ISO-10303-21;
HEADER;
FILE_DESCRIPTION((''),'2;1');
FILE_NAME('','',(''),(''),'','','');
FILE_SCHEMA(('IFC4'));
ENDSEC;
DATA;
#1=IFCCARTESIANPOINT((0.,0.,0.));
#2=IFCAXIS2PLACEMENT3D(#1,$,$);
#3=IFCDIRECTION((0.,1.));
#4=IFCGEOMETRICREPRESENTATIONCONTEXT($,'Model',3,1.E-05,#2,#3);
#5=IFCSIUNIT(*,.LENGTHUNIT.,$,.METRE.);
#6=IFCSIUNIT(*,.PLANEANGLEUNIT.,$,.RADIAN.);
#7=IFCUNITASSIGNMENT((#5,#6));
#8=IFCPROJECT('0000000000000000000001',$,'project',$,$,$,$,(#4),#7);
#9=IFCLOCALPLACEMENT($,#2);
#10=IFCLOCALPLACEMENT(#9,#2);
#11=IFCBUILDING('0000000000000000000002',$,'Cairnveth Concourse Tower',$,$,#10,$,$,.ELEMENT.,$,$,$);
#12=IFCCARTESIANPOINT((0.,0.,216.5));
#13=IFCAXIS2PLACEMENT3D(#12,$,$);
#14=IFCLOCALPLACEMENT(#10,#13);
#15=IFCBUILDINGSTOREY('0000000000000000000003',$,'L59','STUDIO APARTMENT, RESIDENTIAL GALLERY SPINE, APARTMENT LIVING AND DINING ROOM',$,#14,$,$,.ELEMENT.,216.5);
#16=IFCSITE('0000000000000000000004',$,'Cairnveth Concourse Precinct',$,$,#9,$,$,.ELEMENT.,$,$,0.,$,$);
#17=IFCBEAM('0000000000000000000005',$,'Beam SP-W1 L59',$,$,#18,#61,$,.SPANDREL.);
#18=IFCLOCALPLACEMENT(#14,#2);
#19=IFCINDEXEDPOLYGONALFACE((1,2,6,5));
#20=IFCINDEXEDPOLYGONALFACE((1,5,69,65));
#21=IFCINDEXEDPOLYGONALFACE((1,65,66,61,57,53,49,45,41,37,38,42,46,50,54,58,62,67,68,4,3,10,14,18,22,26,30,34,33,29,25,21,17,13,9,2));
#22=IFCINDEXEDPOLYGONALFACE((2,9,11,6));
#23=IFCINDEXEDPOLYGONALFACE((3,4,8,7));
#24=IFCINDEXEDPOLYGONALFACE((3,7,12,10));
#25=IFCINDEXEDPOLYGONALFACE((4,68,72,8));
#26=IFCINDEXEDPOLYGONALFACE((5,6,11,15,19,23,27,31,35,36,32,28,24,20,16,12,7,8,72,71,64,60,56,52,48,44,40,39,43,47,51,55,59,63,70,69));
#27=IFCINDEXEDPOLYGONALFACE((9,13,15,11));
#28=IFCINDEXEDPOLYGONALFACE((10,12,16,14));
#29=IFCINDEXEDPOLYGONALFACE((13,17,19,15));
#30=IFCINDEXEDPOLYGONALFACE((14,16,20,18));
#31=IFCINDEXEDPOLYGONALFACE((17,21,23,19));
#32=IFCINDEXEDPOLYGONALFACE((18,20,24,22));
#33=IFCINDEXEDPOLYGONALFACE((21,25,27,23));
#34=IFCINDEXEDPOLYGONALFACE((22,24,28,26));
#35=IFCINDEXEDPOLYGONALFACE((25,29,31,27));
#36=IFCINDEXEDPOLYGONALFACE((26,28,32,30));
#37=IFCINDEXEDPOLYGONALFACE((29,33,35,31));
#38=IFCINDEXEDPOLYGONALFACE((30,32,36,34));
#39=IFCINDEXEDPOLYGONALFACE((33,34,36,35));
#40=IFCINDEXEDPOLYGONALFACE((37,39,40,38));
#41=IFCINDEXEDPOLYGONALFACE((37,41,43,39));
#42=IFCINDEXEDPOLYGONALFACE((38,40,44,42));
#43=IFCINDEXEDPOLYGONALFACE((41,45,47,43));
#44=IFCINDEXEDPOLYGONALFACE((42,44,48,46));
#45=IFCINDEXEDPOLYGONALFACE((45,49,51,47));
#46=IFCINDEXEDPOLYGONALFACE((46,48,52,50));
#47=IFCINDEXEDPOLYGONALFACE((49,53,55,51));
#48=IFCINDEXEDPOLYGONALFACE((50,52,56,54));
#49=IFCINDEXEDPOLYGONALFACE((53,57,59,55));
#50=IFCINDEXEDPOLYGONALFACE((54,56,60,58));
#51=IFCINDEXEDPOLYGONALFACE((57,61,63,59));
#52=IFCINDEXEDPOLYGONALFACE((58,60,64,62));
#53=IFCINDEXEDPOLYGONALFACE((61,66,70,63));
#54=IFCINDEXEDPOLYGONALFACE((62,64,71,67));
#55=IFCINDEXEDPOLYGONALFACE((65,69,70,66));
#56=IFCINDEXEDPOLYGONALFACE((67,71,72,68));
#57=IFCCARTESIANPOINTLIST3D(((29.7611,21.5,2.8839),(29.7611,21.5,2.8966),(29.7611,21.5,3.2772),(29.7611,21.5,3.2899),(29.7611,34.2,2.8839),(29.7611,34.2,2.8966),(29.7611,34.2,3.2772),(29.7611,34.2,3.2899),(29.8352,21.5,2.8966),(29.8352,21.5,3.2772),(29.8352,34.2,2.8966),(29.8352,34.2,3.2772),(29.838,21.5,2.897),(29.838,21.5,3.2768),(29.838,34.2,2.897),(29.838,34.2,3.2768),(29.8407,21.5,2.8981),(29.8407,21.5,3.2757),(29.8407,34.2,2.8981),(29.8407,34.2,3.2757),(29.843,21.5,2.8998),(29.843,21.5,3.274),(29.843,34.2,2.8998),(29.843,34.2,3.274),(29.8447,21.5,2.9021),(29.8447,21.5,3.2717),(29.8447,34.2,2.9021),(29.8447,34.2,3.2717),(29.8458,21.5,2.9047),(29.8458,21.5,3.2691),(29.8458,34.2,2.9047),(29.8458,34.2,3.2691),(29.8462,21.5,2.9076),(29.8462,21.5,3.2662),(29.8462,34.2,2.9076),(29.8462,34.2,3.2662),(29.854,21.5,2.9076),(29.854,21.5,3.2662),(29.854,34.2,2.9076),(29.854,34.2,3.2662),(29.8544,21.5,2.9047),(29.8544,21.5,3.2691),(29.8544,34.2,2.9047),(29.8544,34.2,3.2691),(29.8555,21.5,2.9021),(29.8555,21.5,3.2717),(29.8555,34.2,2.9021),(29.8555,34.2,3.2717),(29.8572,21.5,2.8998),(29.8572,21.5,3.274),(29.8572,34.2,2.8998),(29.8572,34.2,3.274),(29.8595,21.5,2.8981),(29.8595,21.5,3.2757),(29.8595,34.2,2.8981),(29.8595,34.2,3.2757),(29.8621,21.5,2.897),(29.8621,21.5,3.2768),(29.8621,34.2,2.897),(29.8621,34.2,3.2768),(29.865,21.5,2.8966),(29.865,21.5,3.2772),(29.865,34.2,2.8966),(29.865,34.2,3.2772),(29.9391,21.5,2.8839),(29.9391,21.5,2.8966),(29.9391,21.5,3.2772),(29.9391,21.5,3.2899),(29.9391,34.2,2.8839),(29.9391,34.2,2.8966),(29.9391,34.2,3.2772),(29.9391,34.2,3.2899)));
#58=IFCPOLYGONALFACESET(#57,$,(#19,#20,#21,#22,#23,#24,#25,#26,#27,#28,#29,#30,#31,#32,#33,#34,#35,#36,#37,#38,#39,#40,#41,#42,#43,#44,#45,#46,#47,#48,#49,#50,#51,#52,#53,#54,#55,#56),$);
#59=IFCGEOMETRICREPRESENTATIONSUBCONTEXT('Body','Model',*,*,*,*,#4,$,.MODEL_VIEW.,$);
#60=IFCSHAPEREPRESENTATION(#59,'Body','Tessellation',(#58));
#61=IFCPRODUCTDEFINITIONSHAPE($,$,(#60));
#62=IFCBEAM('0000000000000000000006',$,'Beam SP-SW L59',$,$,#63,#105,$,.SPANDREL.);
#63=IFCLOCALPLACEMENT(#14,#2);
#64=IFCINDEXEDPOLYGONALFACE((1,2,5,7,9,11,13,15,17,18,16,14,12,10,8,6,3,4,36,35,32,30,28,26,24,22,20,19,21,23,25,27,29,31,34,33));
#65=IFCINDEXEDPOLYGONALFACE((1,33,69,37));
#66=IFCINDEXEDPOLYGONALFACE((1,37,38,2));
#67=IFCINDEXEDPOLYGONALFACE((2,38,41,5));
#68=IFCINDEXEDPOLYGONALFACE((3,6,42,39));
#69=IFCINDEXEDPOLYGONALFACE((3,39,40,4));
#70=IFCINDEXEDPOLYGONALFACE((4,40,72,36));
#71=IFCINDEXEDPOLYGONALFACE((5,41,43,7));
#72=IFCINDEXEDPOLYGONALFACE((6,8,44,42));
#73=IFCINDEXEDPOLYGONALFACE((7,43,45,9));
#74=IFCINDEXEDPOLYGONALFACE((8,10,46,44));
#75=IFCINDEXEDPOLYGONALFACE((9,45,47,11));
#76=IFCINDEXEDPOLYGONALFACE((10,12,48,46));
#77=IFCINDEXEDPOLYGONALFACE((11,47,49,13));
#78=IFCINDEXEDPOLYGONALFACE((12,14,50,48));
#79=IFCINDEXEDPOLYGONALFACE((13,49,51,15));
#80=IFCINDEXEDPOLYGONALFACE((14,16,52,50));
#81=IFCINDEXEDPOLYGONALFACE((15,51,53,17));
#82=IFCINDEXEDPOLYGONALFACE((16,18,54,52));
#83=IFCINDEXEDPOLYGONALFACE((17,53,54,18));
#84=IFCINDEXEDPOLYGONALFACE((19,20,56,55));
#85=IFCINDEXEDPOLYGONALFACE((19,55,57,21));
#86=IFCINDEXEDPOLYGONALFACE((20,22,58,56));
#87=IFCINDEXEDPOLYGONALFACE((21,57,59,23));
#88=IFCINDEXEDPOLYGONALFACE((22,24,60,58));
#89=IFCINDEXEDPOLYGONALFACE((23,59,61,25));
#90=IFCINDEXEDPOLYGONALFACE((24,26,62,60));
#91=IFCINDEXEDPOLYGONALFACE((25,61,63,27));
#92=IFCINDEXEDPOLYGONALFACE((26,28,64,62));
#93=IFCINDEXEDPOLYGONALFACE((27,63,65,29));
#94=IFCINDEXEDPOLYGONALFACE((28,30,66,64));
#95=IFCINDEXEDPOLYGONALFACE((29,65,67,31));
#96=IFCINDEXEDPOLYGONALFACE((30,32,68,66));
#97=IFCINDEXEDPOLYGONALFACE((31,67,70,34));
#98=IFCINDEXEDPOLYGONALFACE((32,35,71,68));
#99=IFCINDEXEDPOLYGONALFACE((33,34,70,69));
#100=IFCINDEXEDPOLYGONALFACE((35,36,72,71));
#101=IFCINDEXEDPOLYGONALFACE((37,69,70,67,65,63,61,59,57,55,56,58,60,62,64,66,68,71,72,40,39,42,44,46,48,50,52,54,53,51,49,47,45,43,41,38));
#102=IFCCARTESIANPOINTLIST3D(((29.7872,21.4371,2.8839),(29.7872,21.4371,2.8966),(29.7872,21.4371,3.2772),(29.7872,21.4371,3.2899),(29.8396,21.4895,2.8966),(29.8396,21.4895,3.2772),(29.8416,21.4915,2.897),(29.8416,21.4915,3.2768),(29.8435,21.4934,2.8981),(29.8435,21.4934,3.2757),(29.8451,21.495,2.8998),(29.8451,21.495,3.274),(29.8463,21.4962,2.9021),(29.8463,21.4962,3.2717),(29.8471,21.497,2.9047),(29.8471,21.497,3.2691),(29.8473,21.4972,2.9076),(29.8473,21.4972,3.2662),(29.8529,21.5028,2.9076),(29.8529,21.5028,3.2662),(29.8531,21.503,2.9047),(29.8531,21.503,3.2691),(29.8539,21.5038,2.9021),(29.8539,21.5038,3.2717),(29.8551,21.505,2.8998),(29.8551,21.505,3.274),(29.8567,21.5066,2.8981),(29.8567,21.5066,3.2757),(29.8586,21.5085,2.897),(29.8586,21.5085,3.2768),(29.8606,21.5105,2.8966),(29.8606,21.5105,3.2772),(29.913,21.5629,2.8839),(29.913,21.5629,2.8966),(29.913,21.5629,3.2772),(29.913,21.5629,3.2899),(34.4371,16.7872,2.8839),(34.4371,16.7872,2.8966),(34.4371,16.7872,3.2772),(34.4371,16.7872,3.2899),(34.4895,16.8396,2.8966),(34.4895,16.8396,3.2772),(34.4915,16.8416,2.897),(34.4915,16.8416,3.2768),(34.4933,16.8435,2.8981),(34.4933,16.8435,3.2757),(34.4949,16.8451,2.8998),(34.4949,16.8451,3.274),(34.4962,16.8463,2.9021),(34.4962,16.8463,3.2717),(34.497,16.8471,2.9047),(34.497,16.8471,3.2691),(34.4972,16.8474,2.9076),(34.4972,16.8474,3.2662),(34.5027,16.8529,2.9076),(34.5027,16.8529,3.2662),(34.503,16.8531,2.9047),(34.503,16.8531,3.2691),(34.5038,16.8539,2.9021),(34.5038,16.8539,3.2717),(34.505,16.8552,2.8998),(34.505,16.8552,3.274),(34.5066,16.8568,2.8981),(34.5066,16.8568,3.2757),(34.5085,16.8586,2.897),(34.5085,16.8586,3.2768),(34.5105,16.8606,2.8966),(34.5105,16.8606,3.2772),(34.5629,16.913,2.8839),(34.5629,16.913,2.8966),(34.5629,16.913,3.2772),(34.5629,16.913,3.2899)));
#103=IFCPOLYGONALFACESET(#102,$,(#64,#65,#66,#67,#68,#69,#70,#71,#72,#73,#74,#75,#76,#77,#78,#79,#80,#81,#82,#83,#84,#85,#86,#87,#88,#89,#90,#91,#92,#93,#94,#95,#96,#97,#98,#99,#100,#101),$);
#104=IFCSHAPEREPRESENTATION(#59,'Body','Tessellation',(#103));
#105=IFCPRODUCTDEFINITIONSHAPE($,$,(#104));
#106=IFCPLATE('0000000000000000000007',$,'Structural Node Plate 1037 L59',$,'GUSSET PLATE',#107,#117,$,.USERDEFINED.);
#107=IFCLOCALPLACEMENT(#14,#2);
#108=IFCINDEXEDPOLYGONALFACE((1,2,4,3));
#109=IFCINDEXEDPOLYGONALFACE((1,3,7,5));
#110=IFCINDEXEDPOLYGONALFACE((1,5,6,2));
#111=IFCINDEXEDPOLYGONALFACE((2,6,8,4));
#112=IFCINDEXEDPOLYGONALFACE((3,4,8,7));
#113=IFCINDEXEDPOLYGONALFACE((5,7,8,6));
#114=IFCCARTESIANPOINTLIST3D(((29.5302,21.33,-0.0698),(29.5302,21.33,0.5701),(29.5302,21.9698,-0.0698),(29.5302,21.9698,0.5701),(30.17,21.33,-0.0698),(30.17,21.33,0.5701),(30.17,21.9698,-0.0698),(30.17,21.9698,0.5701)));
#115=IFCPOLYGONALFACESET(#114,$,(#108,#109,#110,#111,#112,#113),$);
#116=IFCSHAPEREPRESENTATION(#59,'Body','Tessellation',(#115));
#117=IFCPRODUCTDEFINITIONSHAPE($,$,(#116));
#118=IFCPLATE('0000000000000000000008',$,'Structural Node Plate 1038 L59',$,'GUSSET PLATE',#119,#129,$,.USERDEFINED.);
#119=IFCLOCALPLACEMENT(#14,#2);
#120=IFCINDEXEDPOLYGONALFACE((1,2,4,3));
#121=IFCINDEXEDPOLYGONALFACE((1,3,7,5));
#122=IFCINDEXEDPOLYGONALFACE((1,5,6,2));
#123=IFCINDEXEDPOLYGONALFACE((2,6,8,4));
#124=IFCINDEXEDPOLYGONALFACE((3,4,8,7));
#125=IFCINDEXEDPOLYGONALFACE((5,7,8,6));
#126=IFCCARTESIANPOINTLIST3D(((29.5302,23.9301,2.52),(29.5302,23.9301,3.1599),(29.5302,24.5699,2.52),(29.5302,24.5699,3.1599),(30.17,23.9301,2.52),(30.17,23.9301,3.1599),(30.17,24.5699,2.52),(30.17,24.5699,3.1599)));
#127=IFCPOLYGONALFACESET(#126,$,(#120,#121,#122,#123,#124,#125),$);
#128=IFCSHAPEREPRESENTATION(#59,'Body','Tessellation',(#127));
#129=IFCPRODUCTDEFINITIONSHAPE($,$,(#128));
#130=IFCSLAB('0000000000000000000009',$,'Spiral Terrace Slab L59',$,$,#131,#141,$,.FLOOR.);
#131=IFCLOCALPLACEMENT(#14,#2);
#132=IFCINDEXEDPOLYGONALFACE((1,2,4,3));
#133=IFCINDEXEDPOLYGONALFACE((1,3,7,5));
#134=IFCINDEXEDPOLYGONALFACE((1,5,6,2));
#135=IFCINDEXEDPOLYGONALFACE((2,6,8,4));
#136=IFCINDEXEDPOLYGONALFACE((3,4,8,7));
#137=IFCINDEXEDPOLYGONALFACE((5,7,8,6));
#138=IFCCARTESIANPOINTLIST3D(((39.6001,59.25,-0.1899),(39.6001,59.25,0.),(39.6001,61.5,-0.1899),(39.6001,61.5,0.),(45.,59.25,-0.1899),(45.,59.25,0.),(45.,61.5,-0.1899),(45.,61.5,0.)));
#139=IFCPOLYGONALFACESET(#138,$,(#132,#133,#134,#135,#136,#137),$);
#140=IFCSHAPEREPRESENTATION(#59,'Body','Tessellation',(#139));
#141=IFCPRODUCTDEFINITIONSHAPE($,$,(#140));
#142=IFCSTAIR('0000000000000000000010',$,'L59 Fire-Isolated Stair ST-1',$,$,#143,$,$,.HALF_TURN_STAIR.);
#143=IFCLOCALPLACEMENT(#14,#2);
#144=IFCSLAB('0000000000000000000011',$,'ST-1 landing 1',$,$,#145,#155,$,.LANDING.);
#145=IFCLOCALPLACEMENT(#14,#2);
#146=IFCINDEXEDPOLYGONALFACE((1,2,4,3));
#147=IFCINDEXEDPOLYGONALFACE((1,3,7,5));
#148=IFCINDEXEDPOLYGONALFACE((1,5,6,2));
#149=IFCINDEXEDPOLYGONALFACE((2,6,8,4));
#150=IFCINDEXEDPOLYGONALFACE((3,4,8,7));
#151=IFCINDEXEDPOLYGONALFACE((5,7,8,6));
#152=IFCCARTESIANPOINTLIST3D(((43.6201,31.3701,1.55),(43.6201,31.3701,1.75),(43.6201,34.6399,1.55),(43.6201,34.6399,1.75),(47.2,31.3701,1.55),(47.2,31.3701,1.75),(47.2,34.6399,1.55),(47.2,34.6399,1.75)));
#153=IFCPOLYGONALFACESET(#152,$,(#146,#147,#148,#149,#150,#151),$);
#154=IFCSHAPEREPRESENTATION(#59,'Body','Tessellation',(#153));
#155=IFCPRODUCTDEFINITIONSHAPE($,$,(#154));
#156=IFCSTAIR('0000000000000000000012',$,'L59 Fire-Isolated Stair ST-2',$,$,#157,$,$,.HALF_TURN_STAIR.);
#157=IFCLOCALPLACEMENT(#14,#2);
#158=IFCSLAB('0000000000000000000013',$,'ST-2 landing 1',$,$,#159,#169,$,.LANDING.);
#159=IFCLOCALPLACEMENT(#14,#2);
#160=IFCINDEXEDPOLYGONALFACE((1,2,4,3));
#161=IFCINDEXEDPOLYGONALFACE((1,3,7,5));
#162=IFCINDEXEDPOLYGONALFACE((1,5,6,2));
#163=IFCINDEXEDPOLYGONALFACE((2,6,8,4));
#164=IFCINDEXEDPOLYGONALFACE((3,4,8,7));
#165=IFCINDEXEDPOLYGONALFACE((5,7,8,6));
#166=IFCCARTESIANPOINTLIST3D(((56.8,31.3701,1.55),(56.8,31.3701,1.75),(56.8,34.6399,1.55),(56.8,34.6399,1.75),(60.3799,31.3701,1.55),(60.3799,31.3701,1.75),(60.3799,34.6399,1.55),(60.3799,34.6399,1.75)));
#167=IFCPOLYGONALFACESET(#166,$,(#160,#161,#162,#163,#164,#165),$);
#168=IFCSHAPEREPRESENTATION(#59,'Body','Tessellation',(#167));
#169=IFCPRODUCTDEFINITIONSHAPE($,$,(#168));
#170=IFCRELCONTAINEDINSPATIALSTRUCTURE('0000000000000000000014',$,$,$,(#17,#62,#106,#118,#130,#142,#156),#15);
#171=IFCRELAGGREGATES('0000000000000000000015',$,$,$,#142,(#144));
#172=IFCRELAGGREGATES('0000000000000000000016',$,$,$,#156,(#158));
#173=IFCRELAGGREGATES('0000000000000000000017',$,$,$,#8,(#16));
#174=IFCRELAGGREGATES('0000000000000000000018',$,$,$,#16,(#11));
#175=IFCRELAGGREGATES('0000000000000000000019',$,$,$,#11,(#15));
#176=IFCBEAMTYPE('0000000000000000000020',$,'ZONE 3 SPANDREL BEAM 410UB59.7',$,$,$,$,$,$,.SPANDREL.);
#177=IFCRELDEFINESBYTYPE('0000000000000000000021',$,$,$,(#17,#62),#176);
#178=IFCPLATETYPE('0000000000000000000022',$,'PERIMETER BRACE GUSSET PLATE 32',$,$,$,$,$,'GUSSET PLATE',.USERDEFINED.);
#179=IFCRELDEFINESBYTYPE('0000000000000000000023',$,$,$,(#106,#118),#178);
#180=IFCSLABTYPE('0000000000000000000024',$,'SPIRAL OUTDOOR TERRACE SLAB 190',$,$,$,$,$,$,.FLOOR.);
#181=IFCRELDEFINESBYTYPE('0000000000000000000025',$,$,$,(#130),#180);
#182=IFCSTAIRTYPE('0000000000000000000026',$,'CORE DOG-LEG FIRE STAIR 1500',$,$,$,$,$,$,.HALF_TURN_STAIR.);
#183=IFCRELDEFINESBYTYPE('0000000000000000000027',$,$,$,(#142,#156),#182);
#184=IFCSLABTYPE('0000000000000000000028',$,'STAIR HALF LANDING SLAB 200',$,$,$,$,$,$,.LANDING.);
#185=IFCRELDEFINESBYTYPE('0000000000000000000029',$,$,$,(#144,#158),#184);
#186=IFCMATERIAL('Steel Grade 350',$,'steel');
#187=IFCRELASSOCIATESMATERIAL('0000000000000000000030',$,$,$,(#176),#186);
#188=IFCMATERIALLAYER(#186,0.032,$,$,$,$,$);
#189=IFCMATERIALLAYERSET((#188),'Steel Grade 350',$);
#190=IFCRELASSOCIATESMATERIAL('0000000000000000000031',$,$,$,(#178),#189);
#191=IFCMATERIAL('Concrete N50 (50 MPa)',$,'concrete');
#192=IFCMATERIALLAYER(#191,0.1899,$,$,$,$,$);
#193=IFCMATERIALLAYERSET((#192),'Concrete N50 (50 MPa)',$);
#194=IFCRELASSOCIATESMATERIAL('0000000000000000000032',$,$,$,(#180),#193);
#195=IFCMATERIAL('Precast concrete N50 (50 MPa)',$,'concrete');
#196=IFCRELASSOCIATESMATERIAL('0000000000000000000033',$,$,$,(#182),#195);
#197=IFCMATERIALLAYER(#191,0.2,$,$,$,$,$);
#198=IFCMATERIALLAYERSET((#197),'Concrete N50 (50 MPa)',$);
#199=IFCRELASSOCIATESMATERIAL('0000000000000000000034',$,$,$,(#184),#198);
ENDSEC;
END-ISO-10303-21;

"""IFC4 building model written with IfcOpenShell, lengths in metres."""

from ifc_helpers import new_model, si_unit, direction, frame, origin, origin_2d, place, context, subcontext, project, spatial, polyline, rectangle, i_section, outline, extrude, material, layer, layer_set, material_profile, profile_set, type_object, element, aggregate, save


model = new_model("IFC4")

# Units and contexts
model_context = context("Model", 3, precision=1e-05, world=origin(), true_north=direction((0.0, 1.0)))
body_context = subcontext(model_context, "Body", "Model", "MODEL_VIEW")
ifc_project = project(units=[si_unit("LENGTHUNIT", "METRE"), si_unit("PLANEANGLEUNIT", "RADIAN")], contexts=[model_context])

# Site, building, storey
site_placement = place(None, origin())
site = spatial("IfcSite", under=ifc_project, at=site_placement, Name="Cairnveth Concourse Precinct", CompositionType="ELEMENT", RefElevation=0.0)
building_placement = place(site_placement, origin())
building = spatial("IfcBuilding", under=site, at=building_placement, Name="Cairnveth Concourse Tower", CompositionType="ELEMENT")
storey_placement = place(building_placement, frame((0.0, 0.0, 216.5)))
storey = spatial("IfcBuildingStorey", under=building, at=storey_placement, Name="L59", Description="STUDIO APARTMENT, RESIDENTIAL GALLERY SPINE, APARTMENT LIVING AND DINING ROOM", CompositionType="ELEMENT", Elevation=216.5)

# Shared definitions
ifc_material_1 = material(Name="Steel Grade 350", Category="steel")

# Beams
ifc_material_profile_1 = material_profile(ifc_material_1, i_section(OverallWidth=0.178, OverallDepth=0.406, WebThickness=0.0078, FlangeThickness=0.0127, FilletRadius=0.011, at=origin_2d()), Name="410UB59.7")
ifc_profile_set_1 = profile_set([ifc_material_profile_1], Name="Steel Grade 350")
beam_type_1 = type_object("IfcBeamType", Name="ZONE 3 SPANDREL BEAM 410UB59.7", PredefinedType="SPANDREL", material=ifc_profile_set_1)
beam_1_placement = place(storey_placement, frame((29.8501, 21.5, 3.0869), z_axis=(0.0, 1.0, 0.0), x_axis=(-1.0, 0.0, 0.0)))
element("IfcBeam", 1, at=beam_1_placement, inside=storey, type_object=beam_type_1, Name="Beam SP-W1 L59", PredefinedType="SPANDREL", context=body_context, shape_type="SweptSolid", body=[
    extrude(i_section(OverallWidth=0.178, OverallDepth=0.406, WebThickness=0.0078, FlangeThickness=0.0127, FilletRadius=0.011, at=origin_2d()), origin(), (0.0, 0.0, 1.0), 12.7),
])
beam_2_placement = place(storey_placement, frame((29.8501, 21.5, 3.0869), z_axis=(0.707107, -0.707107, 0.0), x_axis=(0.707107, 0.707107, 0.0)))
element("IfcBeam", 2, at=beam_2_placement, inside=storey, type_object=beam_type_1, Name="Beam SP-SW L59", PredefinedType="SPANDREL", context=body_context, shape_type="SweptSolid", body=[
    extrude(i_section(OverallWidth=0.178, OverallDepth=0.406, WebThickness=0.0078, FlangeThickness=0.0127, FilletRadius=0.011, at=origin_2d()), origin(), (0.0, 0.0, 1.0), 6.5759),
])

# Plates
ifc_layer_1 = layer(ifc_material_1, 0.032)
ifc_layer_set_1 = layer_set([ifc_layer_1], Name="Steel Grade 350")
plate_type = type_object("IfcPlateType", Name="PERIMETER BRACE GUSSET PLATE 32", ElementType="GUSSET PLATE", PredefinedType="USERDEFINED", material=ifc_layer_set_1)
for number, where, z_axis, x_axis, name in (
    (3, (29.8501, 21.6499, -0.0698), (0.0, 0.0, 1.0), (1.0, 0.0, 0.0), "Structural Node Plate 1037 L59"),
    (4, (29.8501, 24.25, 2.52), (0.0, 0.0, 1.0), (1.0, 0.0, 0.0), "Structural Node Plate 1038 L59"),
):
    element("IfcPlate", number, at=place(storey_placement, frame(where, z_axis=z_axis, x_axis=x_axis)), inside=storey, type_object=plate_type, Name=name, ObjectType="GUSSET PLATE", PredefinedType="USERDEFINED", context=body_context, shape_type="SweptSolid", body=[
        extrude(rectangle(XDim=0.6399, YDim=0.6399, at=origin_2d()), origin(), (0.0, 0.0, 1.0), 0.6399),
    ])

# Slab
ifc_material_2 = material(Name="Concrete N50 (50 MPa)", Category="concrete")
ifc_layer_2 = layer(ifc_material_2, 0.1899)
ifc_layer_set_2 = layer_set([ifc_layer_2], Name="Concrete N50 (50 MPa)")
slab_type_1 = type_object("IfcSlabType", Name="SPIRAL OUTDOOR TERRACE SLAB 190", PredefinedType="FLOOR", material=ifc_layer_set_2)
slab_1_placement = place(storey_placement, frame((0.0, 0.0, -0.1899)))
element("IfcSlab", 5, at=slab_1_placement, inside=storey, type_object=slab_type_1, Name="Spiral Terrace Slab L59", PredefinedType="FLOOR", context=body_context, shape_type="SweptSolid", body=[
    extrude(outline(polyline([(39.6001, 59.25), (45.0, 59.25), (45.0, 61.5), (39.6001, 61.5), (39.6001, 59.25)])), origin(), (0.0, 0.0, 1.0), 0.1899),
])

# Stairs, slabs
ifc_material_3 = material(Name="Precast concrete N50 (50 MPa)", Category="concrete")
stair_type = type_object("IfcStairType", Name="CORE DOG-LEG FIRE STAIR 1500", PredefinedType="HALF_TURN_STAIR", material=ifc_material_3)
stair_1_placement = place(storey_placement, origin())
stair_1 = element("IfcStair", 6, at=stair_1_placement, inside=storey, type_object=stair_type, Name="L59 Fire-Isolated Stair ST-1", PredefinedType="HALF_TURN_STAIR")
ifc_layer_3 = layer(ifc_material_2, 0.2)
ifc_layer_set_3 = layer_set([ifc_layer_3], Name="Concrete N50 (50 MPa)")
slab_type_2 = type_object("IfcSlabType", Name="STAIR HALF LANDING SLAB 200", PredefinedType="LANDING", material=ifc_layer_set_3)
slab_2_placement = place(storey_placement, frame((0.0, 0.0, 1.55)))
slab_2 = element("IfcSlab", 7, at=slab_2_placement, type_object=slab_type_2, Name="ST-1 landing 1", PredefinedType="LANDING", context=body_context, shape_type="SweptSolid", body=[
    extrude(outline(polyline([(43.6201, 34.6399), (43.6201, 31.3701), (47.2, 31.3701), (47.2, 34.6399), (43.6201, 34.6399)])), origin(), (0.0, 0.0, 1.0), 0.2),
])
aggregate(stair_1, [slab_2])
stair_2_placement = place(storey_placement, origin())
stair_2 = element("IfcStair", 8, at=stair_2_placement, inside=storey, type_object=stair_type, Name="L59 Fire-Isolated Stair ST-2", PredefinedType="HALF_TURN_STAIR")
slab_3_placement = place(storey_placement, frame((0.0, 0.0, 1.55)))
slab_3 = element("IfcSlab", 9, at=slab_3_placement, type_object=slab_type_2, Name="ST-2 landing 1", PredefinedType="LANDING", context=body_context, shape_type="SweptSolid", body=[
    extrude(outline(polyline([(56.8, 34.6399), (56.8, 31.3701), (60.3799, 31.3701), (60.3799, 34.6399), (56.8, 34.6399)])), origin(), (0.0, 0.0, 1.0), 0.2),
])
aggregate(stair_2, [slab_3])

save(model, "model.ifc")
